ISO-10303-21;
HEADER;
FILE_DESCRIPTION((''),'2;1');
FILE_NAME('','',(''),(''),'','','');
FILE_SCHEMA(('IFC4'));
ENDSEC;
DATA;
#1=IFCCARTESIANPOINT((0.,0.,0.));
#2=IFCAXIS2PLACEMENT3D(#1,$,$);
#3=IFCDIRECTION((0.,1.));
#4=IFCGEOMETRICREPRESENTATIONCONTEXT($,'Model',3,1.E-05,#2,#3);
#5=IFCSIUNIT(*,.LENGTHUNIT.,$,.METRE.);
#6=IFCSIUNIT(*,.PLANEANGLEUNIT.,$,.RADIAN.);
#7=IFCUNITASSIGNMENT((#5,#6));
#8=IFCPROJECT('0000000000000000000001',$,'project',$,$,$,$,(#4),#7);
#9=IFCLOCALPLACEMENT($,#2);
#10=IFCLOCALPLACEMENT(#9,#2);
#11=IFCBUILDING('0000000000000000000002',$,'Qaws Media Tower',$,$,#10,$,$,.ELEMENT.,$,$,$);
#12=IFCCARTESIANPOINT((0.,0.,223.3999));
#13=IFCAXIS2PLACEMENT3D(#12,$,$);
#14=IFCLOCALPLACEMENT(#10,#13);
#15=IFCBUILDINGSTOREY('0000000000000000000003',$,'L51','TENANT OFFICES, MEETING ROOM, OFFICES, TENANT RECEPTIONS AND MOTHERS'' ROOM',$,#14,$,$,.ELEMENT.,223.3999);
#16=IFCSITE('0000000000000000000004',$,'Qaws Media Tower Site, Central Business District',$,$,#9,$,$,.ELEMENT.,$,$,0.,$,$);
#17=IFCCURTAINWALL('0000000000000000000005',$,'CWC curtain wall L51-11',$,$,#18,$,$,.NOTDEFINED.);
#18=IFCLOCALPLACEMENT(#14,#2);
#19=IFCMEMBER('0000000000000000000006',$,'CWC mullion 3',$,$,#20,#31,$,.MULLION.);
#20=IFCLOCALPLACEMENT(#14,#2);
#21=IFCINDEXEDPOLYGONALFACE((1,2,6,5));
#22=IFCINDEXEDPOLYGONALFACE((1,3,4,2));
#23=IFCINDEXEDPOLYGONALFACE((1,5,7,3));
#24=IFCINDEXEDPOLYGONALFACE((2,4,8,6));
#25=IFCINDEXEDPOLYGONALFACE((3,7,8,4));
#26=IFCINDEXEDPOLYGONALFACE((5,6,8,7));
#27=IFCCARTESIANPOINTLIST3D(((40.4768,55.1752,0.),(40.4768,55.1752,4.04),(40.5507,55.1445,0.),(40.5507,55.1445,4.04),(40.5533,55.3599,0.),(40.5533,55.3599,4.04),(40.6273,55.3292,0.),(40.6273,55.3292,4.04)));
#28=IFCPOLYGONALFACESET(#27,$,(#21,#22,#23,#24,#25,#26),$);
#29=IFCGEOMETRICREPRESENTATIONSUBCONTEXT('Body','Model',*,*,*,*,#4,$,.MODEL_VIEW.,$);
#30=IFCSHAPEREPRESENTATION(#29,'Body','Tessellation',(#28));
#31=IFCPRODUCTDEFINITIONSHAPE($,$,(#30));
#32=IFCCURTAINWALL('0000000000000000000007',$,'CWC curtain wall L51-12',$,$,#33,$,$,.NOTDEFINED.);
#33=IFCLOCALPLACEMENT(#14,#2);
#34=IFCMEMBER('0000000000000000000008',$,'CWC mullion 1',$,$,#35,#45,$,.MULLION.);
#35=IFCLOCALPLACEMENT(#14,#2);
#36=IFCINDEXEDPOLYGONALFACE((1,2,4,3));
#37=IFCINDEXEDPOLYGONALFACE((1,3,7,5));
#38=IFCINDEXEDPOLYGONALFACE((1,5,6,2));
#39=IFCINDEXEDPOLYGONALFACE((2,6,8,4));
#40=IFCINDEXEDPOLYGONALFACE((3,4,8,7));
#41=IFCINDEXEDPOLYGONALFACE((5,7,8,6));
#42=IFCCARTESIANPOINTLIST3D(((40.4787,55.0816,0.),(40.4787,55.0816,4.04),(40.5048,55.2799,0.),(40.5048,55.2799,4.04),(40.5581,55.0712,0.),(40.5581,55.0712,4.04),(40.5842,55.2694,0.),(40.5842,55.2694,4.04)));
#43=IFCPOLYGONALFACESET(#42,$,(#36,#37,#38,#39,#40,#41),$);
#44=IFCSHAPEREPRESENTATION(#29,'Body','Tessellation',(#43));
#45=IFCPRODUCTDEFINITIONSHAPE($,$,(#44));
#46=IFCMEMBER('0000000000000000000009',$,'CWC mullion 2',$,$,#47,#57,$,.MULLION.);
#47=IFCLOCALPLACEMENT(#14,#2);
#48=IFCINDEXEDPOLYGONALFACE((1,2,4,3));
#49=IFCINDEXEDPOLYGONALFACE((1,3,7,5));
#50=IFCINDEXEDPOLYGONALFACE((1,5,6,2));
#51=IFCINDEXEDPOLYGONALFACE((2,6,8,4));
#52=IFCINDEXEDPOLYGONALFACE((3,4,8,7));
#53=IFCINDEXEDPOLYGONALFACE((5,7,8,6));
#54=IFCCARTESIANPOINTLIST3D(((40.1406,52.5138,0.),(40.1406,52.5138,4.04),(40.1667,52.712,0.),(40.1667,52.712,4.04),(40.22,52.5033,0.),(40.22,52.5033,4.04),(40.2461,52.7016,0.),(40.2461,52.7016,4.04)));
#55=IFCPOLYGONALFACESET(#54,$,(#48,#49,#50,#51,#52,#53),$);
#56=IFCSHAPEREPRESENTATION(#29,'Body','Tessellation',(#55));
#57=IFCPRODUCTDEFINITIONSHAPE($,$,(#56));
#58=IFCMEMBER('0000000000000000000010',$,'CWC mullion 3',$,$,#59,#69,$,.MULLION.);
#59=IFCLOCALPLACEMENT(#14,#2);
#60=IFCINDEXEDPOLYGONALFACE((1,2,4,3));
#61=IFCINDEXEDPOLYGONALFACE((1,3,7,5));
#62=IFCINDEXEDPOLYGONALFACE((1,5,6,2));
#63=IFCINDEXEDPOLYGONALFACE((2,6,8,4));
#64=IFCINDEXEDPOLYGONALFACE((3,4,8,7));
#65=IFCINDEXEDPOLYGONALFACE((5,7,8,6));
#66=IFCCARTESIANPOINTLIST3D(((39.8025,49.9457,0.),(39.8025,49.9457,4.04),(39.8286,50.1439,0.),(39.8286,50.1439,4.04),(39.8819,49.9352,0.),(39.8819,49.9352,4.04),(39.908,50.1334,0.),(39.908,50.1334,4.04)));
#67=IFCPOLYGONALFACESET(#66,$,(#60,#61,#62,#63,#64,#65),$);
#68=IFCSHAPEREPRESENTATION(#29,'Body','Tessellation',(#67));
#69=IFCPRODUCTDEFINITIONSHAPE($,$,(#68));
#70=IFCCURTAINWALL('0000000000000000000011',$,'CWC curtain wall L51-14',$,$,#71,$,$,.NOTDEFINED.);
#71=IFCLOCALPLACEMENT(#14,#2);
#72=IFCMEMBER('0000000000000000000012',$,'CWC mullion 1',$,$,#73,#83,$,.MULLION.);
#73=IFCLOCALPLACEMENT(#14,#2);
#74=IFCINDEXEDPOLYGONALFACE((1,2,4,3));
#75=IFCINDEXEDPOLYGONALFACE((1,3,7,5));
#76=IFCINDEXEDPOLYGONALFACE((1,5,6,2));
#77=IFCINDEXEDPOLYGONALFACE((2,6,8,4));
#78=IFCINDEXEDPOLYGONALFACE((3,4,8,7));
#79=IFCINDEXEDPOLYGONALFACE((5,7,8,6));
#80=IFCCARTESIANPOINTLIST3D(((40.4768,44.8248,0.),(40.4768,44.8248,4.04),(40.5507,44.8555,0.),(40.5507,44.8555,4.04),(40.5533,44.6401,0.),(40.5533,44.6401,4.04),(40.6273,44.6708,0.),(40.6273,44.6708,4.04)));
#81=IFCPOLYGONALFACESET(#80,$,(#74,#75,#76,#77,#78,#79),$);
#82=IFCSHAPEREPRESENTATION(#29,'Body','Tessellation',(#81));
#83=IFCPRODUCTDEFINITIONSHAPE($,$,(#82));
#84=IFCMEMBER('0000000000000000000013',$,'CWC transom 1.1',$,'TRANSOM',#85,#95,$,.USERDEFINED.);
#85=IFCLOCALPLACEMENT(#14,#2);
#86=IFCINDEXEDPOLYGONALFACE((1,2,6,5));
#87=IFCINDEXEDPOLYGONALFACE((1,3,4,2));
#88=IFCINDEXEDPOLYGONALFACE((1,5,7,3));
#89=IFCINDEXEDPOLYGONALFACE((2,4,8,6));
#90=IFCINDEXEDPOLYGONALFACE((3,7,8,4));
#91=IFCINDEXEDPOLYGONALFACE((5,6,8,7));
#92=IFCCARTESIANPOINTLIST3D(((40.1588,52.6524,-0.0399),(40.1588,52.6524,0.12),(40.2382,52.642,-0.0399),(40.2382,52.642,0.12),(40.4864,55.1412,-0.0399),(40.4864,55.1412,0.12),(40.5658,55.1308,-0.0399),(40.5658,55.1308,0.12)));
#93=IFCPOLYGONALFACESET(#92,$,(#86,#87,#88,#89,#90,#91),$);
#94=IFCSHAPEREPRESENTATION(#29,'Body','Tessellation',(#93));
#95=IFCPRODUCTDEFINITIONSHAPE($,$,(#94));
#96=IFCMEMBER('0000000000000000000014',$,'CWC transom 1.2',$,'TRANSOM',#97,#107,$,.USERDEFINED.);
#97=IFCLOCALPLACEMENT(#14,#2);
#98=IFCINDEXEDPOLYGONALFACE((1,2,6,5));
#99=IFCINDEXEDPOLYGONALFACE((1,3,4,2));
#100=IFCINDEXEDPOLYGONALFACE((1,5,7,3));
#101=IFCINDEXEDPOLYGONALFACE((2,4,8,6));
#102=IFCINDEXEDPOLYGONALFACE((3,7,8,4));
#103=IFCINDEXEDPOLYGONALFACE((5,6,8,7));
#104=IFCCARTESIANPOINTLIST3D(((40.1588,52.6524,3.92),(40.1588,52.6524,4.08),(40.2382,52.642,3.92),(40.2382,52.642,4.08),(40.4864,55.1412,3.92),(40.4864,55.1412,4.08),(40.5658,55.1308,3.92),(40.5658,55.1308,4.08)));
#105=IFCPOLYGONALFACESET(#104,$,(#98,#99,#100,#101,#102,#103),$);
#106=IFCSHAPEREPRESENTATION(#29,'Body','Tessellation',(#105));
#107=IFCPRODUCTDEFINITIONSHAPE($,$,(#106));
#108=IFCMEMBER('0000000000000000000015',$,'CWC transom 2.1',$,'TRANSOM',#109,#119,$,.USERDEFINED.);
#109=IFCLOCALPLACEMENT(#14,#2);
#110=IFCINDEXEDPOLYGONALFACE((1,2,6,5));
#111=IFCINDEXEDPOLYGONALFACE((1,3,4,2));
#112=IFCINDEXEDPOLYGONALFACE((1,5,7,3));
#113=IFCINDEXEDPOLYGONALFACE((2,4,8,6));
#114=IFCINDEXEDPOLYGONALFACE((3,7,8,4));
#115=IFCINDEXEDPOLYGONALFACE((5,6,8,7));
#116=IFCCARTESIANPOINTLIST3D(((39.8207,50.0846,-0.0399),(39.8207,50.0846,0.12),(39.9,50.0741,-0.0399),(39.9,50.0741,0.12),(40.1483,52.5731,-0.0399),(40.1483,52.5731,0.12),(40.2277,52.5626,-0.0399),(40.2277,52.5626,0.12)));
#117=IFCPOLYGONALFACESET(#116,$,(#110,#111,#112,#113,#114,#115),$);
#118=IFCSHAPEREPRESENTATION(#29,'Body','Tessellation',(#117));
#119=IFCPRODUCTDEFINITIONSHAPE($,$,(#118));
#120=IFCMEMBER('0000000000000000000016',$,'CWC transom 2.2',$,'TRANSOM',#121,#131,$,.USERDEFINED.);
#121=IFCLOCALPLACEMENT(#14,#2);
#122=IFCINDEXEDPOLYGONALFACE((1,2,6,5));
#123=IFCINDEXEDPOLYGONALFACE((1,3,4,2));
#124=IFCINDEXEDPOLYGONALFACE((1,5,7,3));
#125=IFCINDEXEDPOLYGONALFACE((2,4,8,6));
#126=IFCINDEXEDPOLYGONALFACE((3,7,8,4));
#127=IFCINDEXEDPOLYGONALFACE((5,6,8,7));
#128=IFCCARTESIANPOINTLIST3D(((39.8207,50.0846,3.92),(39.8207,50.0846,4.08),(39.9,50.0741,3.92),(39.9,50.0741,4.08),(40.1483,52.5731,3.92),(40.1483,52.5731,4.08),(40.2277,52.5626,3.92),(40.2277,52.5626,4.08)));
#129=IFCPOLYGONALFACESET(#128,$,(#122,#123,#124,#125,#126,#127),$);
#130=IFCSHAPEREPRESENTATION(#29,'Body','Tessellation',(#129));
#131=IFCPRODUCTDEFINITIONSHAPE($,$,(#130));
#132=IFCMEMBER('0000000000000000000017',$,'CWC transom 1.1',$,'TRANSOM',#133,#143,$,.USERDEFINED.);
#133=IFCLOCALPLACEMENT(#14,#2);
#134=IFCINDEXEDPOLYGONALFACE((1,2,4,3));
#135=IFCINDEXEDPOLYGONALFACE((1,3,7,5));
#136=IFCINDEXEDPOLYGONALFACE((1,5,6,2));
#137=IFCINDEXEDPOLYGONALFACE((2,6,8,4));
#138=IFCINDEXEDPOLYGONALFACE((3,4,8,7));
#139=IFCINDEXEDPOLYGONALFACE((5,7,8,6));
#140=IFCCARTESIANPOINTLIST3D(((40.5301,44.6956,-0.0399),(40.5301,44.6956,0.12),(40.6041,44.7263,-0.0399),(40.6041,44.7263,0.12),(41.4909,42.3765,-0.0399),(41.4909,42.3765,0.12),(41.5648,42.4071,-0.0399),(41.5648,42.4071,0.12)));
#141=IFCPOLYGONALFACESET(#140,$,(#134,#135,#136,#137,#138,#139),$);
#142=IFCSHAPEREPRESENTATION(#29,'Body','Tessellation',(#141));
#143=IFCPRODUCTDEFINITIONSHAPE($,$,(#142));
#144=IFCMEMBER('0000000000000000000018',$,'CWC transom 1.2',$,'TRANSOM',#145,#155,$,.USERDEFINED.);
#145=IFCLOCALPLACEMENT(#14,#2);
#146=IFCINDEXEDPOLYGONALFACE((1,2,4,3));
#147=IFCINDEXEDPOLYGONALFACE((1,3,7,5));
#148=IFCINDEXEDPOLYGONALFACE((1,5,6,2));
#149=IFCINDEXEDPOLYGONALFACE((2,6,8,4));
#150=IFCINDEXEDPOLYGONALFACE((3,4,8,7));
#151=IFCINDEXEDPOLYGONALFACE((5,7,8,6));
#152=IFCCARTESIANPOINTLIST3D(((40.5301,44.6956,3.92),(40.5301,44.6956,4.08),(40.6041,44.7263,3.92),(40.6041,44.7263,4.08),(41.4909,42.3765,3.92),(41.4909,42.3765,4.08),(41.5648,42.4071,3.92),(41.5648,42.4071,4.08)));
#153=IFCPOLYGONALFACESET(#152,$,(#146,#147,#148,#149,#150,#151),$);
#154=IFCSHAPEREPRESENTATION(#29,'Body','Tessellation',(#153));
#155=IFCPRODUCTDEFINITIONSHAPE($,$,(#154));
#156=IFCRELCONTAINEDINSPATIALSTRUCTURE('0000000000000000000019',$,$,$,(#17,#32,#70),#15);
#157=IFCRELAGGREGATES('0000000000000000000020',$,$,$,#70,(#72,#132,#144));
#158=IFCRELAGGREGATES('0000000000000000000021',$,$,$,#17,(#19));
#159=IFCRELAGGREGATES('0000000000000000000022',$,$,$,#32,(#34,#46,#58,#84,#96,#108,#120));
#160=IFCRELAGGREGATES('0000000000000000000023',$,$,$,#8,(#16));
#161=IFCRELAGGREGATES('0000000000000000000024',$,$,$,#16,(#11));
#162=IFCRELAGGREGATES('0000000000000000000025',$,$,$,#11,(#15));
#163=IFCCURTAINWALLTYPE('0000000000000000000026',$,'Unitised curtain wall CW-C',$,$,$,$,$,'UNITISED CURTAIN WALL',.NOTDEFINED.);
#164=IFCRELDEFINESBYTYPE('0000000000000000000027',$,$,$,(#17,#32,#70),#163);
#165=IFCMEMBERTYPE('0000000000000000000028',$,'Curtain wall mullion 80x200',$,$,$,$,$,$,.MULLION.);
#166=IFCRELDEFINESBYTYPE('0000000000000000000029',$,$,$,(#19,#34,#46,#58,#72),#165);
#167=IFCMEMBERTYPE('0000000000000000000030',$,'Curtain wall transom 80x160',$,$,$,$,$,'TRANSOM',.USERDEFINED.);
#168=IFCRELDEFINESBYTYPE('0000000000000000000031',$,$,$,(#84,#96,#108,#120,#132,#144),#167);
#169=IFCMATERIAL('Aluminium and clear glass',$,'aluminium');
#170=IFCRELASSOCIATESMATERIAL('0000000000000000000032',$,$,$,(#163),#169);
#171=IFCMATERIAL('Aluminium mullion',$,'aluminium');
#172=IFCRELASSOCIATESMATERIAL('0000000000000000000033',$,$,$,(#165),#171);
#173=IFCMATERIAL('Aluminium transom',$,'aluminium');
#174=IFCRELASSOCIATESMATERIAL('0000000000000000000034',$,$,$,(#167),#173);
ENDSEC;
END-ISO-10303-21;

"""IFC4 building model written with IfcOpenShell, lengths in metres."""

from ifc_helpers import new_model, si_unit, direction, frame, origin, origin_2d, place, context, subcontext, project, spatial, rectangle, extrude, material, material_profile, profile_set, type_object, element, aggregate, save


model = new_model("IFC4")

# Units and contexts
model_context = context("Model", 3, precision=1e-05, world=origin(), true_north=direction((0.0, 1.0)))
body_context = subcontext(model_context, "Body", "Model", "MODEL_VIEW")
ifc_project = project(units=[si_unit("LENGTHUNIT", "METRE"), si_unit("PLANEANGLEUNIT", "RADIAN")], contexts=[model_context])

# Site, building, storey
site_placement = place(None, origin())
site = spatial("IfcSite", under=ifc_project, at=site_placement, Name="Qaws Media Tower Site, Central Business District", CompositionType="ELEMENT", RefElevation=0.0)
building_placement = place(site_placement, origin())
building = spatial("IfcBuilding", under=site, at=building_placement, Name="Qaws Media Tower", CompositionType="ELEMENT")
storey_placement = place(building_placement, frame((0.0, 0.0, 223.3999)))
storey = spatial("IfcBuildingStorey", under=building, at=storey_placement, Name="L51", Description="TENANT OFFICES, MEETING ROOM, OFFICES, TENANT RECEPTIONS AND MOTHERS' ROOM", CompositionType="ELEMENT", Elevation=223.3999)

# Curtain wall, member
ifc_material_1 = material(Name="Aluminium and clear glass", Category="aluminium")
curtain_wall_type = type_object("IfcCurtainWallType", Name="Unitised curtain wall CW-C", ElementType="UNITISED CURTAIN WALL", PredefinedType="NOTDEFINED", material=ifc_material_1)
curtain_wall_1_placement = place(storey_placement, origin())
curtain_wall_1 = element("IfcCurtainWall", 1, at=curtain_wall_1_placement, inside=storey, type_object=curtain_wall_type, Name="CWC curtain wall L51-11", PredefinedType="NOTDEFINED")
ifc_material_2 = material(Name="Aluminium mullion", Category="aluminium")
ifc_material_profile_1 = material_profile(ifc_material_2, rectangle(XDim=0.0801, YDim=0.2, at=origin_2d()), Name="80x200")
ifc_profile_set_1 = profile_set([ifc_material_profile_1], Name="Aluminium mullion")
member_type_1 = type_object("IfcMemberType", Name="Curtain wall mullion 80x200", PredefinedType="MULLION", material=ifc_profile_set_1)
member_1_placement = place(storey_placement, frame((40.552, 55.2522, 0.0), z_axis=(0.0, 0.0, 1.0), x_axis=(0.92388, -0.382683, 0.0)))
member_1 = element("IfcMember", 2, at=member_1_placement, type_object=member_type_1, Name="CWC mullion 3", PredefinedType="MULLION", context=body_context, shape_type="SweptSolid", body=[
    extrude(rectangle(XDim=0.0801, YDim=0.2, at=origin_2d()), origin(), (0.0, 0.0, 1.0), 4.04),
])

# Curtain wall, members
curtain_wall_2_placement = place(storey_placement, origin())
curtain_wall_2 = element("IfcCurtainWall", 3, at=curtain_wall_2_placement, inside=storey, type_object=curtain_wall_type, Name="CWC curtain wall L51-12", PredefinedType="NOTDEFINED")
member_2_placement = place(storey_placement, frame((40.5315, 55.1755, 0.0), z_axis=(0.0, 0.0, 1.0), x_axis=(0.991445, -0.130526, 0.0)))
member_2 = element("IfcMember", 4, at=member_2_placement, type_object=member_type_1, Name="CWC mullion 1", PredefinedType="MULLION", context=body_context, shape_type="SweptSolid", body=[
    extrude(rectangle(XDim=0.0801, YDim=0.2, at=origin_2d()), origin(), (0.0, 0.0, 1.0), 4.04),
])
member_3_placement = place(storey_placement, frame((40.1934, 52.6077, 0.0), z_axis=(0.0, 0.0, 1.0), x_axis=(0.991445, -0.130526, 0.0)))
member_3 = element("IfcMember", 5, at=member_3_placement, type_object=member_type_1, Name="CWC mullion 2", PredefinedType="MULLION", context=body_context, shape_type="SweptSolid", body=[
    extrude(rectangle(XDim=0.0801, YDim=0.2, at=origin_2d()), origin(), (0.0, 0.0, 1.0), 4.04),
])
member_4_placement = place(storey_placement, frame((39.8552, 50.0396, 0.0), z_axis=(0.0, 0.0, 1.0), x_axis=(0.991445, -0.130526, 0.0)))
member_4 = element("IfcMember", 6, at=member_4_placement, type_object=member_type_1, Name="CWC mullion 3", PredefinedType="MULLION", context=body_context, shape_type="SweptSolid", body=[
    extrude(rectangle(XDim=0.0801, YDim=0.2, at=origin_2d()), origin(), (0.0, 0.0, 1.0), 4.04),
])

# Curtain wall, member
curtain_wall_3_placement = place(storey_placement, origin())
curtain_wall_3 = element("IfcCurtainWall", 7, at=curtain_wall_3_placement, inside=storey, type_object=curtain_wall_type, Name="CWC curtain wall L51-14", PredefinedType="NOTDEFINED")
member_5_placement = place(storey_placement, frame((40.552, 44.7478, 0.0), z_axis=(0.0, 0.0, 1.0), x_axis=(0.92388, 0.382683, 0.0)))
member_5 = element("IfcMember", 8, at=member_5_placement, type_object=member_type_1, Name="CWC mullion 1", PredefinedType="MULLION", context=body_context, shape_type="SweptSolid", body=[
    extrude(rectangle(XDim=0.0801, YDim=0.2, at=origin_2d()), origin(), (0.0, 0.0, 1.0), 4.04),
])

# Members
ifc_material_3 = material(Name="Aluminium transom", Category="aluminium")
ifc_material_profile_2 = material_profile(ifc_material_3, rectangle(XDim=0.0801, YDim=0.1599, at=origin_2d()), Name="80x160")
ifc_profile_set_2 = profile_set([ifc_material_profile_2], Name="Aluminium transom")
member_type_2 = type_object("IfcMemberType", Name="Curtain wall transom 80x160", ElementType="TRANSOM", PredefinedType="USERDEFINED", material=ifc_profile_set_2)
member_6_placement = place(storey_placement, frame((40.5261, 55.136, 0.04), z_axis=(-0.13052, -0.991446, 0.0), x_axis=(0.991446, -0.13052, 0.0)))
member_6 = element("IfcMember", 9, at=member_6_placement, type_object=member_type_2, Name="CWC transom 1.1", ObjectType="TRANSOM", PredefinedType="USERDEFINED", context=body_context, shape_type="SweptSolid", body=[
    extrude(rectangle(XDim=0.0801, YDim=0.1599, at=origin_2d()), origin(), (0.0, 0.0, 1.0), 2.5103),
])
member_7_placement = place(storey_placement, frame((40.5261, 55.136, 4.0), z_axis=(-0.13052, -0.991446, 0.0), x_axis=(0.991446, -0.13052, 0.0)))
member_7 = element("IfcMember", 10, at=member_7_placement, type_object=member_type_2, Name="CWC transom 1.2", ObjectType="TRANSOM", PredefinedType="USERDEFINED", context=body_context, shape_type="SweptSolid", body=[
    extrude(rectangle(XDim=0.0801, YDim=0.1599, at=origin_2d()), origin(), (0.0, 0.0, 1.0), 2.5103),
])
member_8_placement = place(storey_placement, frame((40.188, 52.5679, 0.04), z_axis=(-0.130533, -0.991444, 0.0), x_axis=(0.991444, -0.130533, 0.0)))
member_8 = element("IfcMember", 11, at=member_8_placement, type_object=member_type_2, Name="CWC transom 2.1", ObjectType="TRANSOM", PredefinedType="USERDEFINED", context=body_context, shape_type="SweptSolid", body=[
    extrude(rectangle(XDim=0.0801, YDim=0.1599, at=origin_2d()), origin(), (0.0, 0.0, 1.0), 2.51),
])
member_9_placement = place(storey_placement, frame((40.188, 52.5679, 4.0), z_axis=(-0.130533, -0.991444, 0.0), x_axis=(0.991444, -0.130533, 0.0)))
member_9 = element("IfcMember", 12, at=member_9_placement, type_object=member_type_2, Name="CWC transom 2.2", ObjectType="TRANSOM", PredefinedType="USERDEFINED", context=body_context, shape_type="SweptSolid", body=[
    extrude(rectangle(XDim=0.0801, YDim=0.1599, at=origin_2d()), origin(), (0.0, 0.0, 1.0), 2.51),
])
member_10_placement = place(storey_placement, frame((40.5671, 44.7109, 0.04), z_axis=(0.382715, -0.923866, 0.0), x_axis=(0.923866, 0.382715, 0.0)))
member_10 = element("IfcMember", 13, at=member_10_placement, type_object=member_type_2, Name="CWC transom 1.1", ObjectType="TRANSOM", PredefinedType="USERDEFINED", context=body_context, shape_type="SweptSolid", body=[
    extrude(rectangle(XDim=0.0801, YDim=0.1599, at=origin_2d()), origin(), (0.0, 0.0, 1.0), 2.5103),
])
member_11_placement = place(storey_placement, frame((40.5671, 44.7109, 4.0), z_axis=(0.382715, -0.923866, 0.0), x_axis=(0.923866, 0.382715, 0.0)))
member_11 = element("IfcMember", 14, at=member_11_placement, type_object=member_type_2, Name="CWC transom 1.2", ObjectType="TRANSOM", PredefinedType="USERDEFINED", context=body_context, shape_type="SweptSolid", body=[
    extrude(rectangle(XDim=0.0801, YDim=0.1599, at=origin_2d()), origin(), (0.0, 0.0, 1.0), 2.5103),
])
aggregate(curtain_wall_3, [member_5, member_10, member_11])

aggregate(curtain_wall_1, [member_1])
aggregate(curtain_wall_2, [member_2, member_3, member_4, member_6, member_7, member_8, member_9])

save(model, "model.ifc")
